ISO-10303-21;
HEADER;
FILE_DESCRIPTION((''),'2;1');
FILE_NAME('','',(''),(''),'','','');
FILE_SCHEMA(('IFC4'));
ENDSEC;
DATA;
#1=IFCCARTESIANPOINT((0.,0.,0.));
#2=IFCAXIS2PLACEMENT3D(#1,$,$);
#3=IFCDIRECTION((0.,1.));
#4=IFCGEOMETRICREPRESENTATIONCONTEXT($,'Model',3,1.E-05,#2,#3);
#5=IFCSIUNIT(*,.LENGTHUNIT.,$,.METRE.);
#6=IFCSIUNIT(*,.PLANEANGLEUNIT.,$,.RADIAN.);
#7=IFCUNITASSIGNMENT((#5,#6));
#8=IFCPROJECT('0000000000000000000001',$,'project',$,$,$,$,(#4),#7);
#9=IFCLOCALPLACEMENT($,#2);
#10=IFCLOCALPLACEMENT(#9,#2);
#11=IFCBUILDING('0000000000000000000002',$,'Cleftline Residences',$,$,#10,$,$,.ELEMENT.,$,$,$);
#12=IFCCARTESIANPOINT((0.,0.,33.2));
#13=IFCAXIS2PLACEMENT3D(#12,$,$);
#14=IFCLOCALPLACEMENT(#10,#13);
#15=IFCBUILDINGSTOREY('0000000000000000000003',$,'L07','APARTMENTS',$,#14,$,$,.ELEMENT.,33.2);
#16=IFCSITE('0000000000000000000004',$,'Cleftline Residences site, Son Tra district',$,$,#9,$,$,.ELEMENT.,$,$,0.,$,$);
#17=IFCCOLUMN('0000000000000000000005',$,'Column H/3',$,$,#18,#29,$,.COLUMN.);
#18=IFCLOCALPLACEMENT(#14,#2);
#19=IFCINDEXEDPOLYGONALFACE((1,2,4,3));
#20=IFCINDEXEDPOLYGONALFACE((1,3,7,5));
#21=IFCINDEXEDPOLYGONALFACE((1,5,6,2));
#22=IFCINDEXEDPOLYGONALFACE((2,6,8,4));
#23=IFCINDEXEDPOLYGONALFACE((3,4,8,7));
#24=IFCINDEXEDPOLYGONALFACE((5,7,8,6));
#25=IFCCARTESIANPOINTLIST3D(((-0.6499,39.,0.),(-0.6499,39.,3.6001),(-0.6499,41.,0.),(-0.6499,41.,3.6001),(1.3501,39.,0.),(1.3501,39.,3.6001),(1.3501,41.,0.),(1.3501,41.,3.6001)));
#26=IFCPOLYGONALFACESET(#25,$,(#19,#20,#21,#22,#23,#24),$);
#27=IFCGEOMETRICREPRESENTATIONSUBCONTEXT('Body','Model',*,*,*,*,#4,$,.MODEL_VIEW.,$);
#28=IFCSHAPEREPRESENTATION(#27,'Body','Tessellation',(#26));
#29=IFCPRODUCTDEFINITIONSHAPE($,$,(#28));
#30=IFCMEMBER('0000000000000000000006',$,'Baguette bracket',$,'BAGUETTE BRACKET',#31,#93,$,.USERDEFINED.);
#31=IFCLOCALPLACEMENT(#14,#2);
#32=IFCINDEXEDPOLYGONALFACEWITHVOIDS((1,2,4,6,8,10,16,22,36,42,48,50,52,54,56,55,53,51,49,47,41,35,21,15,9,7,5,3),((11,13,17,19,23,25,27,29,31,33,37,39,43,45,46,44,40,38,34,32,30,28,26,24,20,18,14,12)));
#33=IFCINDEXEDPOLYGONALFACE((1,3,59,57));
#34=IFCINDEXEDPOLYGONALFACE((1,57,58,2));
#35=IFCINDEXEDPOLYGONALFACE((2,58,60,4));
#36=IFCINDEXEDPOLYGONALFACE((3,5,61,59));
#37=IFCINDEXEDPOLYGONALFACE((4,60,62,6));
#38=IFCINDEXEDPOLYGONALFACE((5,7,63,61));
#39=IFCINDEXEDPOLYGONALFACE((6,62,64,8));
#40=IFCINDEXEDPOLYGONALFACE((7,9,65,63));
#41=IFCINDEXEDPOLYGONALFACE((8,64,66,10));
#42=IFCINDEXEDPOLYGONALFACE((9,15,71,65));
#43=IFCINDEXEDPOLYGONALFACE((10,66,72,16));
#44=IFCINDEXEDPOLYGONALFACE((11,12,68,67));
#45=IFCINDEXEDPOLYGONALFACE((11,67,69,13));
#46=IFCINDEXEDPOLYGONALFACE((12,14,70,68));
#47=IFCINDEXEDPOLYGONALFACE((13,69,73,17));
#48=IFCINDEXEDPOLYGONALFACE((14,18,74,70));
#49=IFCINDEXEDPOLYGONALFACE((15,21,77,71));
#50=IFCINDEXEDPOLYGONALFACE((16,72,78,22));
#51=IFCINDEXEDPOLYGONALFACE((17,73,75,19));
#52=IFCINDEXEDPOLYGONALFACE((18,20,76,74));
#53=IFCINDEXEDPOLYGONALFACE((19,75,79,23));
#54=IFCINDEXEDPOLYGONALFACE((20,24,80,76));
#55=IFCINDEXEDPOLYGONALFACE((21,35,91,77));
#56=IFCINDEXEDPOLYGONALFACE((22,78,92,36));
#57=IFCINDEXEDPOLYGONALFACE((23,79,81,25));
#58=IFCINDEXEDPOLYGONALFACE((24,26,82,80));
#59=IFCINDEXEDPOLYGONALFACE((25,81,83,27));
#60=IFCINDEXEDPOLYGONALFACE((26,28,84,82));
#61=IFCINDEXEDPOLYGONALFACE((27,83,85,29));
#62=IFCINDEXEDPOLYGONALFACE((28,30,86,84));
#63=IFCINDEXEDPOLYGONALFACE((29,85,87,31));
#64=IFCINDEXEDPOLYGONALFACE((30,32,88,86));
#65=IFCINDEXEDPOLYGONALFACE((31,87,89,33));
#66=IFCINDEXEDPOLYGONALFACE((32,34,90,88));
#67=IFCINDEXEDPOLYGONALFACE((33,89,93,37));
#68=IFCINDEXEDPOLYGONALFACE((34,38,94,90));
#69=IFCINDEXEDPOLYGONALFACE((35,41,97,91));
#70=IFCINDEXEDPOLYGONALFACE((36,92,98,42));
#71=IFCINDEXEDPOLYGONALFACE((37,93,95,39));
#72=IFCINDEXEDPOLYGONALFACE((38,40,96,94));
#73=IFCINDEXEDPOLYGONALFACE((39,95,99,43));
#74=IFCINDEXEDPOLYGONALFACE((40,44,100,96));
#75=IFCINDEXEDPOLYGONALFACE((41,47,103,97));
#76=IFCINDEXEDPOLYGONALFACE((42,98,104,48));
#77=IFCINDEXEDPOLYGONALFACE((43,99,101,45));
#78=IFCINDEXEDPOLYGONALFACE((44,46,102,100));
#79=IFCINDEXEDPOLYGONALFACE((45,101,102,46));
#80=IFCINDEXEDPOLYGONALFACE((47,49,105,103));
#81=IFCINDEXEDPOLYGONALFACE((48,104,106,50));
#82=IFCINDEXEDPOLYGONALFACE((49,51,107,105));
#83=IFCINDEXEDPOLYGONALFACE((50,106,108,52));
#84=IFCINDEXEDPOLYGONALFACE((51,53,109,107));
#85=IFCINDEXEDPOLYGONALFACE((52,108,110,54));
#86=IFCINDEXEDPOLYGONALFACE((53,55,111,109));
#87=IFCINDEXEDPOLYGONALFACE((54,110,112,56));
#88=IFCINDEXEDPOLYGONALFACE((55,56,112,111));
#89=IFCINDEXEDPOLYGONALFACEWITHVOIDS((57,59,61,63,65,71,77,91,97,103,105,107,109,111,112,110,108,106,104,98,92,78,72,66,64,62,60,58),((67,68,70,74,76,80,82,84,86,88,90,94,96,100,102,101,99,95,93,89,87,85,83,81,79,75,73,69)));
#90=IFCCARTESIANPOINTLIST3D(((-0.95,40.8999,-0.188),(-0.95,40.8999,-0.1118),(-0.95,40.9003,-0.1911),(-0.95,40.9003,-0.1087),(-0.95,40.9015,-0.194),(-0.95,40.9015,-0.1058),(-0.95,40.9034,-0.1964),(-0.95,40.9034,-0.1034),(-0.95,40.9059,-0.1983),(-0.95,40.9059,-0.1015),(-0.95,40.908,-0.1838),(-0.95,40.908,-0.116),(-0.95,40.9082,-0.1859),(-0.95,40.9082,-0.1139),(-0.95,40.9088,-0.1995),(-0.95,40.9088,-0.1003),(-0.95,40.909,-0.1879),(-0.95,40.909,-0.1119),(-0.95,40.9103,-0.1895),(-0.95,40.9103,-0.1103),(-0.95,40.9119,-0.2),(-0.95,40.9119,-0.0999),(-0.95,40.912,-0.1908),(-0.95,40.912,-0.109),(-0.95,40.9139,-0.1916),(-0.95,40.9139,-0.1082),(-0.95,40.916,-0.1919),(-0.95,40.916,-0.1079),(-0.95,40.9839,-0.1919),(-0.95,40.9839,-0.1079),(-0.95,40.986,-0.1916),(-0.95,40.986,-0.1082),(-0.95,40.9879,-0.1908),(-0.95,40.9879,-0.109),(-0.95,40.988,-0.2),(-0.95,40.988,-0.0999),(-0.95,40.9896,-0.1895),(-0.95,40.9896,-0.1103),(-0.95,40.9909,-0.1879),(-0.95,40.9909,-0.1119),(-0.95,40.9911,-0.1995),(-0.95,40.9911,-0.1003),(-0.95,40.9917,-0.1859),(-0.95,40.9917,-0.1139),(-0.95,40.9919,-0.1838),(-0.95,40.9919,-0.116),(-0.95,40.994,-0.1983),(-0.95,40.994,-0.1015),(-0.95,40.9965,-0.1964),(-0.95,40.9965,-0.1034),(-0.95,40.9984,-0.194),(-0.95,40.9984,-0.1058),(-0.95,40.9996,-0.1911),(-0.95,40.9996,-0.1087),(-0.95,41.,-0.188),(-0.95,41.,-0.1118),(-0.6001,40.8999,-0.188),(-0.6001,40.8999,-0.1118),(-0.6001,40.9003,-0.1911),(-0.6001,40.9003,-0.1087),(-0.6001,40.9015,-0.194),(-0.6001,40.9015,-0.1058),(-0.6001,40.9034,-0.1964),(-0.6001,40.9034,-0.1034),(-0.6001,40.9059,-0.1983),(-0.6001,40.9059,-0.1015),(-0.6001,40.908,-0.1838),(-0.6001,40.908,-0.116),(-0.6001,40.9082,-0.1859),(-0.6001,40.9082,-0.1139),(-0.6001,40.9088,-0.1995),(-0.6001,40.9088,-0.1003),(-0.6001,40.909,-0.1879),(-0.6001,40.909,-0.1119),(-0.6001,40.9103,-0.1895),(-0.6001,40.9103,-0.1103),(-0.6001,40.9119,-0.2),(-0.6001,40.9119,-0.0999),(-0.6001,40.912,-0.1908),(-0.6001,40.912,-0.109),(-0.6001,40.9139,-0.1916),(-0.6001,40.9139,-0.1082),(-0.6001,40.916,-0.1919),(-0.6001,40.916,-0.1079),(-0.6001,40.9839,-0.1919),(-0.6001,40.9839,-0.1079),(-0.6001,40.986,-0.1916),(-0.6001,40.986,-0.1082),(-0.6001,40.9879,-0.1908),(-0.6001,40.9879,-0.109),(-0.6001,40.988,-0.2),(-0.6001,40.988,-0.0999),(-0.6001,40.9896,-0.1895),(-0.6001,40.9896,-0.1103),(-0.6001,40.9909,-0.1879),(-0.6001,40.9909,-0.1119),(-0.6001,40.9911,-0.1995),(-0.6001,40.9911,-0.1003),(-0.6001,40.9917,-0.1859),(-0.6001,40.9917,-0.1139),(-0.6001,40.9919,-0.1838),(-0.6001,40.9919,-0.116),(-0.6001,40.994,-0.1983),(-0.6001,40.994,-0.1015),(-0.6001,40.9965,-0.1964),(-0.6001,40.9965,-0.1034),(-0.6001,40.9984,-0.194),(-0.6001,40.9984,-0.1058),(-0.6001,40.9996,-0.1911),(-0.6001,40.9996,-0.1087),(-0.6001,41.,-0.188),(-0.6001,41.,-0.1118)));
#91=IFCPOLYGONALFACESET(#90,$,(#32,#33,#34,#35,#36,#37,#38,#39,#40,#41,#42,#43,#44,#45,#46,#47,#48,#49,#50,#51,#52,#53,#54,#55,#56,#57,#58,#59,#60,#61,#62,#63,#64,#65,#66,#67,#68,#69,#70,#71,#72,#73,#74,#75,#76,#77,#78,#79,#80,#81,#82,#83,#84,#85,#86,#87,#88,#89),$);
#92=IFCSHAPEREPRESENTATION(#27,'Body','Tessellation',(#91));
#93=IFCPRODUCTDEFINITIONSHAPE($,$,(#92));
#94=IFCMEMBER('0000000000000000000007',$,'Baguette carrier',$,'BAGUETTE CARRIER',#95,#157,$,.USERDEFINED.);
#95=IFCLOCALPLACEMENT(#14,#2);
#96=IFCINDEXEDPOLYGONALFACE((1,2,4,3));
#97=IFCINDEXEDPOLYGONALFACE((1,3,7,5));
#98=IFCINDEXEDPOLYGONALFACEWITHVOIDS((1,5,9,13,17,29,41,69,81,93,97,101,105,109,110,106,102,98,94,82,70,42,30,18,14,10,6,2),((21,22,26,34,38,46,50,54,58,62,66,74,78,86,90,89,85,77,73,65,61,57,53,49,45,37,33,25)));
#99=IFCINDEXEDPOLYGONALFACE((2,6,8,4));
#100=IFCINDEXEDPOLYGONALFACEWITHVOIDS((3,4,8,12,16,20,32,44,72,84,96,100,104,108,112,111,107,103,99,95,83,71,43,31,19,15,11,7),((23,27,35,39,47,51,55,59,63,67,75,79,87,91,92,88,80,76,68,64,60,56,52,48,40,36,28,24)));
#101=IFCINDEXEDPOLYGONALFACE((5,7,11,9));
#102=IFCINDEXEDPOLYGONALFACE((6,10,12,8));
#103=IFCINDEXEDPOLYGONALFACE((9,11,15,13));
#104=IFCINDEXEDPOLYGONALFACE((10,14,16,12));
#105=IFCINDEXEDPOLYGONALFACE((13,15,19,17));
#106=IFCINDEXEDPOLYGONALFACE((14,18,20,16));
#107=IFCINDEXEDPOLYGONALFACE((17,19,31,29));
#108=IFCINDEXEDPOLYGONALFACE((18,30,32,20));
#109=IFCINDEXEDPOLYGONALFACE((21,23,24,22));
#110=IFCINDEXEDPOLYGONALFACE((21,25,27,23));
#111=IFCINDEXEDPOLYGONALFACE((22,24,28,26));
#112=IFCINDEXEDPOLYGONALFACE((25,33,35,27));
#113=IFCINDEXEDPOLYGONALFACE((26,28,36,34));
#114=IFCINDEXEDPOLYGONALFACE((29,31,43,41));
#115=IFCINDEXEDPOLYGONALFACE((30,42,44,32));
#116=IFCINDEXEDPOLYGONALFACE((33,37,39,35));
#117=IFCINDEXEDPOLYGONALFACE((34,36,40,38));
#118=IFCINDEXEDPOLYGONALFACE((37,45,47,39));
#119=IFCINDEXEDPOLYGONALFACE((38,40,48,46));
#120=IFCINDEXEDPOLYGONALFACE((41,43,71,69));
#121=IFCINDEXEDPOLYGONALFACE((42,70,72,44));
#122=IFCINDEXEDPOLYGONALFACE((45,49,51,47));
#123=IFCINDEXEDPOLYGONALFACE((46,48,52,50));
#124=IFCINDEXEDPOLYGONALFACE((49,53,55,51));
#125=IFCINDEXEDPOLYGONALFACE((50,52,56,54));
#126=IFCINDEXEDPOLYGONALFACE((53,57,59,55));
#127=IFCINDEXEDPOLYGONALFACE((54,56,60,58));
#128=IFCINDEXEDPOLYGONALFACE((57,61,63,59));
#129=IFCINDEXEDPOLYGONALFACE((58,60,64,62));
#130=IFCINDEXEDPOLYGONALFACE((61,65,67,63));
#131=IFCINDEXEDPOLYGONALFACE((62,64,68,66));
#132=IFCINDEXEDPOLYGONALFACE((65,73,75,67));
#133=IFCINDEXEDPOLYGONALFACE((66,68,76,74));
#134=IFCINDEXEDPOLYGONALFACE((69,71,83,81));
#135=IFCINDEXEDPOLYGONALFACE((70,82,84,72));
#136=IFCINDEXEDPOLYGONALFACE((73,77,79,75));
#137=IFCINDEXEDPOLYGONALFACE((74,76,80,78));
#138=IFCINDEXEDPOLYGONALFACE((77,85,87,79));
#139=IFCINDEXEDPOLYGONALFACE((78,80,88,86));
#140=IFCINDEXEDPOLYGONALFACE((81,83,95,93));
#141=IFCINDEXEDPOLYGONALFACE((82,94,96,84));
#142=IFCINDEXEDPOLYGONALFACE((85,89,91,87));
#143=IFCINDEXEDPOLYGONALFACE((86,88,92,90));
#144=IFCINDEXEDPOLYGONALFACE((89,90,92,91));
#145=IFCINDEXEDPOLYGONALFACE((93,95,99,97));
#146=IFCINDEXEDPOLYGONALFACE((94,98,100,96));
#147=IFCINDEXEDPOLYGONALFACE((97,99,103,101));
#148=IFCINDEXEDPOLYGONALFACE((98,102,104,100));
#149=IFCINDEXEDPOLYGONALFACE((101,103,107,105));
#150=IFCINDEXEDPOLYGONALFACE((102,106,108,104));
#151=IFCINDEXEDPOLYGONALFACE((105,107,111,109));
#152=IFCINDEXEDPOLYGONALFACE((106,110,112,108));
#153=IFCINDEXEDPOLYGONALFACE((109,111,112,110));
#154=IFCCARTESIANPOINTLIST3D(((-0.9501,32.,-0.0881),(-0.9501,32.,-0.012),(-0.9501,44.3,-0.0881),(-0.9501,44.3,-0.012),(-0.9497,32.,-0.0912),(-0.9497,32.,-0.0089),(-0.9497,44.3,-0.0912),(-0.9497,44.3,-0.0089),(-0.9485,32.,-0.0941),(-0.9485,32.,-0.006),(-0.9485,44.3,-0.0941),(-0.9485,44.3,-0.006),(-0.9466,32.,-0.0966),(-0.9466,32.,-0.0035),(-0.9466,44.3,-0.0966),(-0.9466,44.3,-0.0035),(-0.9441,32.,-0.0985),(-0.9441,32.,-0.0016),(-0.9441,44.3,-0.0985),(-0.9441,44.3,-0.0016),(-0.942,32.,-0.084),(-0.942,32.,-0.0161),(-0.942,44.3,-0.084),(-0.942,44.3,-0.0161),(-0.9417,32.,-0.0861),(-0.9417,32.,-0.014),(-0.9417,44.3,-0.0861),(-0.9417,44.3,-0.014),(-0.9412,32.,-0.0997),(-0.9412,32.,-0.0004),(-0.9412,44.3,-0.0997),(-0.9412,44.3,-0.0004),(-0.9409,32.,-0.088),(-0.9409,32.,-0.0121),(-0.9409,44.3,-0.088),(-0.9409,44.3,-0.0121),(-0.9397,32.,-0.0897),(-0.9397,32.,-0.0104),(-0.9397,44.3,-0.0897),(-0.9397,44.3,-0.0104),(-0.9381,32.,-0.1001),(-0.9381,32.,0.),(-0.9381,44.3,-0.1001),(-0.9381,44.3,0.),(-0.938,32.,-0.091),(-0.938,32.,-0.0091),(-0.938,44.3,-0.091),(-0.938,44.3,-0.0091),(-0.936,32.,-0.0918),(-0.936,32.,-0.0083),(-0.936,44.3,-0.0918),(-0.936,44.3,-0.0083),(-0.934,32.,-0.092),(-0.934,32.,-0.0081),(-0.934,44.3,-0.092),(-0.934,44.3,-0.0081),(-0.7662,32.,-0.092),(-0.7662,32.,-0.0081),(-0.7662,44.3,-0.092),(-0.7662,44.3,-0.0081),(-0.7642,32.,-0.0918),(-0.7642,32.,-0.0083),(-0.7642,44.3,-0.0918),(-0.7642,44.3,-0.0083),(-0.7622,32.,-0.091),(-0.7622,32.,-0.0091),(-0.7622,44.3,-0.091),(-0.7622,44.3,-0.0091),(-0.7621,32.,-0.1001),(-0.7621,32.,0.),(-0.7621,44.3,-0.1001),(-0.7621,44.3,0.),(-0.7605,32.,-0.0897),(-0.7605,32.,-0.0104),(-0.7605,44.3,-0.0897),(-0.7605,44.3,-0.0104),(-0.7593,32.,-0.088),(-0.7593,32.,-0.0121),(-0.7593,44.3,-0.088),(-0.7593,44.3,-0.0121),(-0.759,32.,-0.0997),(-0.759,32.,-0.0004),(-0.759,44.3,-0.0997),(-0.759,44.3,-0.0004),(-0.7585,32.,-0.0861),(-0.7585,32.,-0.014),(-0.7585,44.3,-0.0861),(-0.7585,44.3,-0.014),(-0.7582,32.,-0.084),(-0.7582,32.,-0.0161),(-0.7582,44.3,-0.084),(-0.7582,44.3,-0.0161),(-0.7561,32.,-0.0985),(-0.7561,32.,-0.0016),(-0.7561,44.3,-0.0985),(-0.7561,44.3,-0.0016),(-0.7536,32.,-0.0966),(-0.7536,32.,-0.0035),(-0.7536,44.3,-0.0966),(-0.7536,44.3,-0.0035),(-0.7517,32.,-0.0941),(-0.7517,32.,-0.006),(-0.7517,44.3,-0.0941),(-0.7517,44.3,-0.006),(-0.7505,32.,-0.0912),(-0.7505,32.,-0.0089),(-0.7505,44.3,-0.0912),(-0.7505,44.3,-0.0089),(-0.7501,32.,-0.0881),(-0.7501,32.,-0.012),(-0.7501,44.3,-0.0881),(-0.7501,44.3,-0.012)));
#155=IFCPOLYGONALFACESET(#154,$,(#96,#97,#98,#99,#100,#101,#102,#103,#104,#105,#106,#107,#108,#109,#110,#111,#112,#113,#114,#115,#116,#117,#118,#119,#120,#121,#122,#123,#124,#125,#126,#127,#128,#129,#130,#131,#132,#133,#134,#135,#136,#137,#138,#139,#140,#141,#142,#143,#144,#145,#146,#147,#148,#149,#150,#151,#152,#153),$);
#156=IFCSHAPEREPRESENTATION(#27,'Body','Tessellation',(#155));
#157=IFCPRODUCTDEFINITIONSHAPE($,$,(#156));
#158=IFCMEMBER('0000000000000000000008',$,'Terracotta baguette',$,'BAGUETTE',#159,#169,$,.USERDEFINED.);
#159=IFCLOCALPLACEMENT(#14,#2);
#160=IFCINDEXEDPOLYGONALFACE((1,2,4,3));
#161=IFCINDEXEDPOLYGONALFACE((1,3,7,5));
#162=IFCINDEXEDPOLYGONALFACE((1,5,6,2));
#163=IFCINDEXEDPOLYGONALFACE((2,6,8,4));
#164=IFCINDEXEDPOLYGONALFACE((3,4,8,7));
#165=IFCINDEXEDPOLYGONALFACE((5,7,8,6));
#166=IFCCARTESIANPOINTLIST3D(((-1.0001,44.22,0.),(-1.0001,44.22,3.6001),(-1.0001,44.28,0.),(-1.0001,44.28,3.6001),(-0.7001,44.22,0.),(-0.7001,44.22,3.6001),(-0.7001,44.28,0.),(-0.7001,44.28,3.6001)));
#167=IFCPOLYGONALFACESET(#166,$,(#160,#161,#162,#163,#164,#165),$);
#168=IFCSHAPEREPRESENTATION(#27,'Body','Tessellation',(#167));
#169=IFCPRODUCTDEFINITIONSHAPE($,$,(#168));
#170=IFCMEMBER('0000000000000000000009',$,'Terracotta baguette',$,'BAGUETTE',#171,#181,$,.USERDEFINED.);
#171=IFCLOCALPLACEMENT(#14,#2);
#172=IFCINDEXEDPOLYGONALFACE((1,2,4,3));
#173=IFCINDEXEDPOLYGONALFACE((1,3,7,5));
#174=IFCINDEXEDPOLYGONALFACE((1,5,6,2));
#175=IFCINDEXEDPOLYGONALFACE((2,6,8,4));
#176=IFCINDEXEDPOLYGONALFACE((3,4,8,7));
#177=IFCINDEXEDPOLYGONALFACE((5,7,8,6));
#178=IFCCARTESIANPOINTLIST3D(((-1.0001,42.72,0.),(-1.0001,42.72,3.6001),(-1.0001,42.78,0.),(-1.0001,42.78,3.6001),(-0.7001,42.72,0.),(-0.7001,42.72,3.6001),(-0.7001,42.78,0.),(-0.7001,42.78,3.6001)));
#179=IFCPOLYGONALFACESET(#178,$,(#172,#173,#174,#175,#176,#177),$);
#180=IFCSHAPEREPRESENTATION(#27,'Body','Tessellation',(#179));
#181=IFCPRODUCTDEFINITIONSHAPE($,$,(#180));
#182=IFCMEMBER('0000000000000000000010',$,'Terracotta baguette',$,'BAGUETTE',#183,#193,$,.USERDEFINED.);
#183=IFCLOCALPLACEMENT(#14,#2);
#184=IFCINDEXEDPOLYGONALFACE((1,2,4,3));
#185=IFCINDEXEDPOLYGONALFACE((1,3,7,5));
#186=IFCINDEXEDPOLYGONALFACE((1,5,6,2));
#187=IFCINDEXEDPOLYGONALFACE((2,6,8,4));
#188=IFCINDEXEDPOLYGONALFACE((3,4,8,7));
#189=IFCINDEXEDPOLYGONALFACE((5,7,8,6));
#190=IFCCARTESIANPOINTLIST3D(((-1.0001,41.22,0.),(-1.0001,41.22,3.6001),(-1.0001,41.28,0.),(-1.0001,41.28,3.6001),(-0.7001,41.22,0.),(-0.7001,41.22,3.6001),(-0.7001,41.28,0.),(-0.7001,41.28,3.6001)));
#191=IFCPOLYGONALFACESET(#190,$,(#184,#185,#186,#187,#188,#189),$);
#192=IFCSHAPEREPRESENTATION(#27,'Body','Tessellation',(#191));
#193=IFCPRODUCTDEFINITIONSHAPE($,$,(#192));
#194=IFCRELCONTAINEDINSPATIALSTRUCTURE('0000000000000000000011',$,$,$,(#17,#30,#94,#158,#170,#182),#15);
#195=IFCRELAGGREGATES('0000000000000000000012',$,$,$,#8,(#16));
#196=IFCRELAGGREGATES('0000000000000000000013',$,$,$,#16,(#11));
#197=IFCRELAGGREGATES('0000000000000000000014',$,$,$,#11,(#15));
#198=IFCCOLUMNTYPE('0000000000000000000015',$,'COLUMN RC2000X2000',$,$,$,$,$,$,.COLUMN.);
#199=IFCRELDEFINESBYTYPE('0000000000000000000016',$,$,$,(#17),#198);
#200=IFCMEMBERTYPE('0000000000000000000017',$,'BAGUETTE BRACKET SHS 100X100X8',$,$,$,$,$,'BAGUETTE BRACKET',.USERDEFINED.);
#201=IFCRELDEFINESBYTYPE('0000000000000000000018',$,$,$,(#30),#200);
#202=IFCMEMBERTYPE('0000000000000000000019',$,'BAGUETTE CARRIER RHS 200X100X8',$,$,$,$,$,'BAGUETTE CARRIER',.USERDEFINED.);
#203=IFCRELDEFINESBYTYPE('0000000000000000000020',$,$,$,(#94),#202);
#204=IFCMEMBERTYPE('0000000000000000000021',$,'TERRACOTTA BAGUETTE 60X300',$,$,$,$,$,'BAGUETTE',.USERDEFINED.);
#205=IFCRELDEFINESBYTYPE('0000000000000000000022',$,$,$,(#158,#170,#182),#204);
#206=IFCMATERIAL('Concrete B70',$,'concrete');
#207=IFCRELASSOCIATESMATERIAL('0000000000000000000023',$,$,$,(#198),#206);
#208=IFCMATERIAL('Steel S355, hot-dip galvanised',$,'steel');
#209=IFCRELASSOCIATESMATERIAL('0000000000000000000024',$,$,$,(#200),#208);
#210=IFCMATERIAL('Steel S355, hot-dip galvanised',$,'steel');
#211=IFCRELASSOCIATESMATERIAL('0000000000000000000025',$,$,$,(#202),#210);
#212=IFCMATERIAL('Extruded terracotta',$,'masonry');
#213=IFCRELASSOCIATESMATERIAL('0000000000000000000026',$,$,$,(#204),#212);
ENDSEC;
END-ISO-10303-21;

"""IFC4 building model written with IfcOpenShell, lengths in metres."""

from ifc_helpers import new_model, si_unit, direction, frame, origin, origin_2d, place, context, subcontext, project, spatial, rectangle, hollow_rectangle, extrude, material, material_profile, profile_set, type_object, element, save


model = new_model("IFC4")

# Units and contexts
model_context = context("Model", 3, precision=1e-05, world=origin(), true_north=direction((0.0, 1.0)))
body_context = subcontext(model_context, "Body", "Model", "MODEL_VIEW")
ifc_project = project(units=[si_unit("LENGTHUNIT", "METRE"), si_unit("PLANEANGLEUNIT", "RADIAN")], contexts=[model_context])

# Site, building, storey
site_placement = place(None, origin())
site = spatial("IfcSite", under=ifc_project, at=site_placement, Name="Cleftline Residences site, Son Tra district", CompositionType="ELEMENT", RefElevation=0.0)
building_placement = place(site_placement, origin())
building = spatial("IfcBuilding", under=site, at=building_placement, Name="Cleftline Residences", CompositionType="ELEMENT")
storey_placement = place(building_placement, frame((0.0, 0.0, 33.2)))
storey = spatial("IfcBuildingStorey", under=building, at=storey_placement, Name="L07", Description="APARTMENTS", CompositionType="ELEMENT", Elevation=33.2)

# Column
ifc_material_1 = material(Name="Concrete B70", Category="concrete")
ifc_material_profile_1 = material_profile(ifc_material_1, rectangle(XDim=2.0, YDim=2.0, at=origin_2d()))
ifc_profile_set_1 = profile_set([ifc_material_profile_1], Name="Concrete B70")
column_type = type_object("IfcColumnType", Name="COLUMN RC2000X2000", PredefinedType="COLUMN", material=ifc_profile_set_1)
column_placement = place(storey_placement, frame((0.3501, 40.0, 0.0), z_axis=(0.0, 0.0, 1.0), x_axis=(1.0, 0.0, 0.0)))
element("IfcColumn", 1, at=column_placement, inside=storey, type_object=column_type, Name="Column H/3", PredefinedType="COLUMN", context=body_context, shape_type="SweptSolid", body=[
    extrude(rectangle(XDim=2.0, YDim=2.0, at=origin_2d()), origin(), (0.0, 0.0, 1.0), 3.6001),
])

# Members
ifc_material_2 = material(Name="Steel S355, hot-dip galvanised", Category="steel")
ifc_material_profile_2 = material_profile(ifc_material_2, hollow_rectangle(XDim=0.1001, YDim=0.1001, WallThickness=0.0081, InnerFilletRadius=0.0081, OuterFilletRadius=0.012, at=origin_2d()))
ifc_profile_set_2 = profile_set([ifc_material_profile_2], Name="Steel S355, hot-dip galvanised")
member_type_1 = type_object("IfcMemberType", Name="BAGUETTE BRACKET SHS 100X100X8", ElementType="BAGUETTE BRACKET", PredefinedType="USERDEFINED", material=ifc_profile_set_2)
member_1_placement = place(storey_placement, frame((-0.6001, 40.95, -0.1499), z_axis=(-1.0, 0.0, 0.0), x_axis=(0.0, -1.0, 0.0)))
element("IfcMember", 2, at=member_1_placement, inside=storey, type_object=member_type_1, Name="Baguette bracket", ObjectType="BAGUETTE BRACKET", PredefinedType="USERDEFINED", context=body_context, shape_type="SweptSolid", body=[
    extrude(hollow_rectangle(XDim=0.1001, YDim=0.1001, WallThickness=0.0081, InnerFilletRadius=0.0081, OuterFilletRadius=0.012, at=origin_2d()), origin(), (0.0, 0.0, 1.0), 0.3499),
])
ifc_material_3 = material(Name="Steel S355, hot-dip galvanised", Category="steel")
ifc_material_profile_3 = material_profile(ifc_material_3, hollow_rectangle(XDim=0.1001, YDim=0.2, WallThickness=0.0081, InnerFilletRadius=0.0081, OuterFilletRadius=0.012, at=origin_2d()))
ifc_profile_set_3 = profile_set([ifc_material_profile_3], Name="Steel S355, hot-dip galvanised")
member_type_2 = type_object("IfcMemberType", Name="BAGUETTE CARRIER RHS 200X100X8", ElementType="BAGUETTE CARRIER", PredefinedType="USERDEFINED", material=ifc_profile_set_3)
member_2_placement = place(storey_placement, frame((-0.8501, 44.3, -0.05), z_axis=(0.0, -1.0, 0.0), x_axis=(0.0, 0.0, 1.0)))
element("IfcMember", 3, at=member_2_placement, inside=storey, type_object=member_type_2, Name="Baguette carrier", ObjectType="BAGUETTE CARRIER", PredefinedType="USERDEFINED", context=body_context, shape_type="SweptSolid", body=[
    extrude(hollow_rectangle(XDim=0.1001, YDim=0.2, WallThickness=0.0081, InnerFilletRadius=0.0081, OuterFilletRadius=0.012, at=origin_2d()), origin(), (0.0, 0.0, 1.0), 12.3),
])
ifc_material_4 = material(Name="Extruded terracotta", Category="masonry")
ifc_material_profile_4 = material_profile(ifc_material_4, rectangle(XDim=0.0601, YDim=0.3, at=origin_2d()))
ifc_profile_set_4 = profile_set([ifc_material_profile_4], Name="Extruded terracotta")
member_type_3 = type_object("IfcMemberType", Name="TERRACOTTA BAGUETTE 60X300", ElementType="BAGUETTE", PredefinedType="USERDEFINED", material=ifc_profile_set_4)
for number, where, z_axis, x_axis, name in (
    (4, (-0.8501, 44.25, 0.0), (0.0, 0.0, 1.0), (0.0, 1.0, 0.0), "Terracotta baguette"),
    (5, (-0.8501, 42.75, 0.0), (0.0, 0.0, 1.0), (0.0, 1.0, 0.0), "Terracotta baguette"),
    (6, (-0.8501, 41.25, 0.0), (0.0, 0.0, 1.0), (0.0, 1.0, 0.0), "Terracotta baguette"),
):
    element("IfcMember", number, at=place(storey_placement, frame(where, z_axis=z_axis, x_axis=x_axis)), inside=storey, type_object=member_type_3, Name=name, ObjectType="BAGUETTE", PredefinedType="USERDEFINED", context=body_context, shape_type="SweptSolid", body=[
        extrude(rectangle(XDim=0.0601, YDim=0.3, at=origin_2d()), origin(), (0.0, 0.0, 1.0), 3.6001),
    ])

save(model, "model.ifc")
